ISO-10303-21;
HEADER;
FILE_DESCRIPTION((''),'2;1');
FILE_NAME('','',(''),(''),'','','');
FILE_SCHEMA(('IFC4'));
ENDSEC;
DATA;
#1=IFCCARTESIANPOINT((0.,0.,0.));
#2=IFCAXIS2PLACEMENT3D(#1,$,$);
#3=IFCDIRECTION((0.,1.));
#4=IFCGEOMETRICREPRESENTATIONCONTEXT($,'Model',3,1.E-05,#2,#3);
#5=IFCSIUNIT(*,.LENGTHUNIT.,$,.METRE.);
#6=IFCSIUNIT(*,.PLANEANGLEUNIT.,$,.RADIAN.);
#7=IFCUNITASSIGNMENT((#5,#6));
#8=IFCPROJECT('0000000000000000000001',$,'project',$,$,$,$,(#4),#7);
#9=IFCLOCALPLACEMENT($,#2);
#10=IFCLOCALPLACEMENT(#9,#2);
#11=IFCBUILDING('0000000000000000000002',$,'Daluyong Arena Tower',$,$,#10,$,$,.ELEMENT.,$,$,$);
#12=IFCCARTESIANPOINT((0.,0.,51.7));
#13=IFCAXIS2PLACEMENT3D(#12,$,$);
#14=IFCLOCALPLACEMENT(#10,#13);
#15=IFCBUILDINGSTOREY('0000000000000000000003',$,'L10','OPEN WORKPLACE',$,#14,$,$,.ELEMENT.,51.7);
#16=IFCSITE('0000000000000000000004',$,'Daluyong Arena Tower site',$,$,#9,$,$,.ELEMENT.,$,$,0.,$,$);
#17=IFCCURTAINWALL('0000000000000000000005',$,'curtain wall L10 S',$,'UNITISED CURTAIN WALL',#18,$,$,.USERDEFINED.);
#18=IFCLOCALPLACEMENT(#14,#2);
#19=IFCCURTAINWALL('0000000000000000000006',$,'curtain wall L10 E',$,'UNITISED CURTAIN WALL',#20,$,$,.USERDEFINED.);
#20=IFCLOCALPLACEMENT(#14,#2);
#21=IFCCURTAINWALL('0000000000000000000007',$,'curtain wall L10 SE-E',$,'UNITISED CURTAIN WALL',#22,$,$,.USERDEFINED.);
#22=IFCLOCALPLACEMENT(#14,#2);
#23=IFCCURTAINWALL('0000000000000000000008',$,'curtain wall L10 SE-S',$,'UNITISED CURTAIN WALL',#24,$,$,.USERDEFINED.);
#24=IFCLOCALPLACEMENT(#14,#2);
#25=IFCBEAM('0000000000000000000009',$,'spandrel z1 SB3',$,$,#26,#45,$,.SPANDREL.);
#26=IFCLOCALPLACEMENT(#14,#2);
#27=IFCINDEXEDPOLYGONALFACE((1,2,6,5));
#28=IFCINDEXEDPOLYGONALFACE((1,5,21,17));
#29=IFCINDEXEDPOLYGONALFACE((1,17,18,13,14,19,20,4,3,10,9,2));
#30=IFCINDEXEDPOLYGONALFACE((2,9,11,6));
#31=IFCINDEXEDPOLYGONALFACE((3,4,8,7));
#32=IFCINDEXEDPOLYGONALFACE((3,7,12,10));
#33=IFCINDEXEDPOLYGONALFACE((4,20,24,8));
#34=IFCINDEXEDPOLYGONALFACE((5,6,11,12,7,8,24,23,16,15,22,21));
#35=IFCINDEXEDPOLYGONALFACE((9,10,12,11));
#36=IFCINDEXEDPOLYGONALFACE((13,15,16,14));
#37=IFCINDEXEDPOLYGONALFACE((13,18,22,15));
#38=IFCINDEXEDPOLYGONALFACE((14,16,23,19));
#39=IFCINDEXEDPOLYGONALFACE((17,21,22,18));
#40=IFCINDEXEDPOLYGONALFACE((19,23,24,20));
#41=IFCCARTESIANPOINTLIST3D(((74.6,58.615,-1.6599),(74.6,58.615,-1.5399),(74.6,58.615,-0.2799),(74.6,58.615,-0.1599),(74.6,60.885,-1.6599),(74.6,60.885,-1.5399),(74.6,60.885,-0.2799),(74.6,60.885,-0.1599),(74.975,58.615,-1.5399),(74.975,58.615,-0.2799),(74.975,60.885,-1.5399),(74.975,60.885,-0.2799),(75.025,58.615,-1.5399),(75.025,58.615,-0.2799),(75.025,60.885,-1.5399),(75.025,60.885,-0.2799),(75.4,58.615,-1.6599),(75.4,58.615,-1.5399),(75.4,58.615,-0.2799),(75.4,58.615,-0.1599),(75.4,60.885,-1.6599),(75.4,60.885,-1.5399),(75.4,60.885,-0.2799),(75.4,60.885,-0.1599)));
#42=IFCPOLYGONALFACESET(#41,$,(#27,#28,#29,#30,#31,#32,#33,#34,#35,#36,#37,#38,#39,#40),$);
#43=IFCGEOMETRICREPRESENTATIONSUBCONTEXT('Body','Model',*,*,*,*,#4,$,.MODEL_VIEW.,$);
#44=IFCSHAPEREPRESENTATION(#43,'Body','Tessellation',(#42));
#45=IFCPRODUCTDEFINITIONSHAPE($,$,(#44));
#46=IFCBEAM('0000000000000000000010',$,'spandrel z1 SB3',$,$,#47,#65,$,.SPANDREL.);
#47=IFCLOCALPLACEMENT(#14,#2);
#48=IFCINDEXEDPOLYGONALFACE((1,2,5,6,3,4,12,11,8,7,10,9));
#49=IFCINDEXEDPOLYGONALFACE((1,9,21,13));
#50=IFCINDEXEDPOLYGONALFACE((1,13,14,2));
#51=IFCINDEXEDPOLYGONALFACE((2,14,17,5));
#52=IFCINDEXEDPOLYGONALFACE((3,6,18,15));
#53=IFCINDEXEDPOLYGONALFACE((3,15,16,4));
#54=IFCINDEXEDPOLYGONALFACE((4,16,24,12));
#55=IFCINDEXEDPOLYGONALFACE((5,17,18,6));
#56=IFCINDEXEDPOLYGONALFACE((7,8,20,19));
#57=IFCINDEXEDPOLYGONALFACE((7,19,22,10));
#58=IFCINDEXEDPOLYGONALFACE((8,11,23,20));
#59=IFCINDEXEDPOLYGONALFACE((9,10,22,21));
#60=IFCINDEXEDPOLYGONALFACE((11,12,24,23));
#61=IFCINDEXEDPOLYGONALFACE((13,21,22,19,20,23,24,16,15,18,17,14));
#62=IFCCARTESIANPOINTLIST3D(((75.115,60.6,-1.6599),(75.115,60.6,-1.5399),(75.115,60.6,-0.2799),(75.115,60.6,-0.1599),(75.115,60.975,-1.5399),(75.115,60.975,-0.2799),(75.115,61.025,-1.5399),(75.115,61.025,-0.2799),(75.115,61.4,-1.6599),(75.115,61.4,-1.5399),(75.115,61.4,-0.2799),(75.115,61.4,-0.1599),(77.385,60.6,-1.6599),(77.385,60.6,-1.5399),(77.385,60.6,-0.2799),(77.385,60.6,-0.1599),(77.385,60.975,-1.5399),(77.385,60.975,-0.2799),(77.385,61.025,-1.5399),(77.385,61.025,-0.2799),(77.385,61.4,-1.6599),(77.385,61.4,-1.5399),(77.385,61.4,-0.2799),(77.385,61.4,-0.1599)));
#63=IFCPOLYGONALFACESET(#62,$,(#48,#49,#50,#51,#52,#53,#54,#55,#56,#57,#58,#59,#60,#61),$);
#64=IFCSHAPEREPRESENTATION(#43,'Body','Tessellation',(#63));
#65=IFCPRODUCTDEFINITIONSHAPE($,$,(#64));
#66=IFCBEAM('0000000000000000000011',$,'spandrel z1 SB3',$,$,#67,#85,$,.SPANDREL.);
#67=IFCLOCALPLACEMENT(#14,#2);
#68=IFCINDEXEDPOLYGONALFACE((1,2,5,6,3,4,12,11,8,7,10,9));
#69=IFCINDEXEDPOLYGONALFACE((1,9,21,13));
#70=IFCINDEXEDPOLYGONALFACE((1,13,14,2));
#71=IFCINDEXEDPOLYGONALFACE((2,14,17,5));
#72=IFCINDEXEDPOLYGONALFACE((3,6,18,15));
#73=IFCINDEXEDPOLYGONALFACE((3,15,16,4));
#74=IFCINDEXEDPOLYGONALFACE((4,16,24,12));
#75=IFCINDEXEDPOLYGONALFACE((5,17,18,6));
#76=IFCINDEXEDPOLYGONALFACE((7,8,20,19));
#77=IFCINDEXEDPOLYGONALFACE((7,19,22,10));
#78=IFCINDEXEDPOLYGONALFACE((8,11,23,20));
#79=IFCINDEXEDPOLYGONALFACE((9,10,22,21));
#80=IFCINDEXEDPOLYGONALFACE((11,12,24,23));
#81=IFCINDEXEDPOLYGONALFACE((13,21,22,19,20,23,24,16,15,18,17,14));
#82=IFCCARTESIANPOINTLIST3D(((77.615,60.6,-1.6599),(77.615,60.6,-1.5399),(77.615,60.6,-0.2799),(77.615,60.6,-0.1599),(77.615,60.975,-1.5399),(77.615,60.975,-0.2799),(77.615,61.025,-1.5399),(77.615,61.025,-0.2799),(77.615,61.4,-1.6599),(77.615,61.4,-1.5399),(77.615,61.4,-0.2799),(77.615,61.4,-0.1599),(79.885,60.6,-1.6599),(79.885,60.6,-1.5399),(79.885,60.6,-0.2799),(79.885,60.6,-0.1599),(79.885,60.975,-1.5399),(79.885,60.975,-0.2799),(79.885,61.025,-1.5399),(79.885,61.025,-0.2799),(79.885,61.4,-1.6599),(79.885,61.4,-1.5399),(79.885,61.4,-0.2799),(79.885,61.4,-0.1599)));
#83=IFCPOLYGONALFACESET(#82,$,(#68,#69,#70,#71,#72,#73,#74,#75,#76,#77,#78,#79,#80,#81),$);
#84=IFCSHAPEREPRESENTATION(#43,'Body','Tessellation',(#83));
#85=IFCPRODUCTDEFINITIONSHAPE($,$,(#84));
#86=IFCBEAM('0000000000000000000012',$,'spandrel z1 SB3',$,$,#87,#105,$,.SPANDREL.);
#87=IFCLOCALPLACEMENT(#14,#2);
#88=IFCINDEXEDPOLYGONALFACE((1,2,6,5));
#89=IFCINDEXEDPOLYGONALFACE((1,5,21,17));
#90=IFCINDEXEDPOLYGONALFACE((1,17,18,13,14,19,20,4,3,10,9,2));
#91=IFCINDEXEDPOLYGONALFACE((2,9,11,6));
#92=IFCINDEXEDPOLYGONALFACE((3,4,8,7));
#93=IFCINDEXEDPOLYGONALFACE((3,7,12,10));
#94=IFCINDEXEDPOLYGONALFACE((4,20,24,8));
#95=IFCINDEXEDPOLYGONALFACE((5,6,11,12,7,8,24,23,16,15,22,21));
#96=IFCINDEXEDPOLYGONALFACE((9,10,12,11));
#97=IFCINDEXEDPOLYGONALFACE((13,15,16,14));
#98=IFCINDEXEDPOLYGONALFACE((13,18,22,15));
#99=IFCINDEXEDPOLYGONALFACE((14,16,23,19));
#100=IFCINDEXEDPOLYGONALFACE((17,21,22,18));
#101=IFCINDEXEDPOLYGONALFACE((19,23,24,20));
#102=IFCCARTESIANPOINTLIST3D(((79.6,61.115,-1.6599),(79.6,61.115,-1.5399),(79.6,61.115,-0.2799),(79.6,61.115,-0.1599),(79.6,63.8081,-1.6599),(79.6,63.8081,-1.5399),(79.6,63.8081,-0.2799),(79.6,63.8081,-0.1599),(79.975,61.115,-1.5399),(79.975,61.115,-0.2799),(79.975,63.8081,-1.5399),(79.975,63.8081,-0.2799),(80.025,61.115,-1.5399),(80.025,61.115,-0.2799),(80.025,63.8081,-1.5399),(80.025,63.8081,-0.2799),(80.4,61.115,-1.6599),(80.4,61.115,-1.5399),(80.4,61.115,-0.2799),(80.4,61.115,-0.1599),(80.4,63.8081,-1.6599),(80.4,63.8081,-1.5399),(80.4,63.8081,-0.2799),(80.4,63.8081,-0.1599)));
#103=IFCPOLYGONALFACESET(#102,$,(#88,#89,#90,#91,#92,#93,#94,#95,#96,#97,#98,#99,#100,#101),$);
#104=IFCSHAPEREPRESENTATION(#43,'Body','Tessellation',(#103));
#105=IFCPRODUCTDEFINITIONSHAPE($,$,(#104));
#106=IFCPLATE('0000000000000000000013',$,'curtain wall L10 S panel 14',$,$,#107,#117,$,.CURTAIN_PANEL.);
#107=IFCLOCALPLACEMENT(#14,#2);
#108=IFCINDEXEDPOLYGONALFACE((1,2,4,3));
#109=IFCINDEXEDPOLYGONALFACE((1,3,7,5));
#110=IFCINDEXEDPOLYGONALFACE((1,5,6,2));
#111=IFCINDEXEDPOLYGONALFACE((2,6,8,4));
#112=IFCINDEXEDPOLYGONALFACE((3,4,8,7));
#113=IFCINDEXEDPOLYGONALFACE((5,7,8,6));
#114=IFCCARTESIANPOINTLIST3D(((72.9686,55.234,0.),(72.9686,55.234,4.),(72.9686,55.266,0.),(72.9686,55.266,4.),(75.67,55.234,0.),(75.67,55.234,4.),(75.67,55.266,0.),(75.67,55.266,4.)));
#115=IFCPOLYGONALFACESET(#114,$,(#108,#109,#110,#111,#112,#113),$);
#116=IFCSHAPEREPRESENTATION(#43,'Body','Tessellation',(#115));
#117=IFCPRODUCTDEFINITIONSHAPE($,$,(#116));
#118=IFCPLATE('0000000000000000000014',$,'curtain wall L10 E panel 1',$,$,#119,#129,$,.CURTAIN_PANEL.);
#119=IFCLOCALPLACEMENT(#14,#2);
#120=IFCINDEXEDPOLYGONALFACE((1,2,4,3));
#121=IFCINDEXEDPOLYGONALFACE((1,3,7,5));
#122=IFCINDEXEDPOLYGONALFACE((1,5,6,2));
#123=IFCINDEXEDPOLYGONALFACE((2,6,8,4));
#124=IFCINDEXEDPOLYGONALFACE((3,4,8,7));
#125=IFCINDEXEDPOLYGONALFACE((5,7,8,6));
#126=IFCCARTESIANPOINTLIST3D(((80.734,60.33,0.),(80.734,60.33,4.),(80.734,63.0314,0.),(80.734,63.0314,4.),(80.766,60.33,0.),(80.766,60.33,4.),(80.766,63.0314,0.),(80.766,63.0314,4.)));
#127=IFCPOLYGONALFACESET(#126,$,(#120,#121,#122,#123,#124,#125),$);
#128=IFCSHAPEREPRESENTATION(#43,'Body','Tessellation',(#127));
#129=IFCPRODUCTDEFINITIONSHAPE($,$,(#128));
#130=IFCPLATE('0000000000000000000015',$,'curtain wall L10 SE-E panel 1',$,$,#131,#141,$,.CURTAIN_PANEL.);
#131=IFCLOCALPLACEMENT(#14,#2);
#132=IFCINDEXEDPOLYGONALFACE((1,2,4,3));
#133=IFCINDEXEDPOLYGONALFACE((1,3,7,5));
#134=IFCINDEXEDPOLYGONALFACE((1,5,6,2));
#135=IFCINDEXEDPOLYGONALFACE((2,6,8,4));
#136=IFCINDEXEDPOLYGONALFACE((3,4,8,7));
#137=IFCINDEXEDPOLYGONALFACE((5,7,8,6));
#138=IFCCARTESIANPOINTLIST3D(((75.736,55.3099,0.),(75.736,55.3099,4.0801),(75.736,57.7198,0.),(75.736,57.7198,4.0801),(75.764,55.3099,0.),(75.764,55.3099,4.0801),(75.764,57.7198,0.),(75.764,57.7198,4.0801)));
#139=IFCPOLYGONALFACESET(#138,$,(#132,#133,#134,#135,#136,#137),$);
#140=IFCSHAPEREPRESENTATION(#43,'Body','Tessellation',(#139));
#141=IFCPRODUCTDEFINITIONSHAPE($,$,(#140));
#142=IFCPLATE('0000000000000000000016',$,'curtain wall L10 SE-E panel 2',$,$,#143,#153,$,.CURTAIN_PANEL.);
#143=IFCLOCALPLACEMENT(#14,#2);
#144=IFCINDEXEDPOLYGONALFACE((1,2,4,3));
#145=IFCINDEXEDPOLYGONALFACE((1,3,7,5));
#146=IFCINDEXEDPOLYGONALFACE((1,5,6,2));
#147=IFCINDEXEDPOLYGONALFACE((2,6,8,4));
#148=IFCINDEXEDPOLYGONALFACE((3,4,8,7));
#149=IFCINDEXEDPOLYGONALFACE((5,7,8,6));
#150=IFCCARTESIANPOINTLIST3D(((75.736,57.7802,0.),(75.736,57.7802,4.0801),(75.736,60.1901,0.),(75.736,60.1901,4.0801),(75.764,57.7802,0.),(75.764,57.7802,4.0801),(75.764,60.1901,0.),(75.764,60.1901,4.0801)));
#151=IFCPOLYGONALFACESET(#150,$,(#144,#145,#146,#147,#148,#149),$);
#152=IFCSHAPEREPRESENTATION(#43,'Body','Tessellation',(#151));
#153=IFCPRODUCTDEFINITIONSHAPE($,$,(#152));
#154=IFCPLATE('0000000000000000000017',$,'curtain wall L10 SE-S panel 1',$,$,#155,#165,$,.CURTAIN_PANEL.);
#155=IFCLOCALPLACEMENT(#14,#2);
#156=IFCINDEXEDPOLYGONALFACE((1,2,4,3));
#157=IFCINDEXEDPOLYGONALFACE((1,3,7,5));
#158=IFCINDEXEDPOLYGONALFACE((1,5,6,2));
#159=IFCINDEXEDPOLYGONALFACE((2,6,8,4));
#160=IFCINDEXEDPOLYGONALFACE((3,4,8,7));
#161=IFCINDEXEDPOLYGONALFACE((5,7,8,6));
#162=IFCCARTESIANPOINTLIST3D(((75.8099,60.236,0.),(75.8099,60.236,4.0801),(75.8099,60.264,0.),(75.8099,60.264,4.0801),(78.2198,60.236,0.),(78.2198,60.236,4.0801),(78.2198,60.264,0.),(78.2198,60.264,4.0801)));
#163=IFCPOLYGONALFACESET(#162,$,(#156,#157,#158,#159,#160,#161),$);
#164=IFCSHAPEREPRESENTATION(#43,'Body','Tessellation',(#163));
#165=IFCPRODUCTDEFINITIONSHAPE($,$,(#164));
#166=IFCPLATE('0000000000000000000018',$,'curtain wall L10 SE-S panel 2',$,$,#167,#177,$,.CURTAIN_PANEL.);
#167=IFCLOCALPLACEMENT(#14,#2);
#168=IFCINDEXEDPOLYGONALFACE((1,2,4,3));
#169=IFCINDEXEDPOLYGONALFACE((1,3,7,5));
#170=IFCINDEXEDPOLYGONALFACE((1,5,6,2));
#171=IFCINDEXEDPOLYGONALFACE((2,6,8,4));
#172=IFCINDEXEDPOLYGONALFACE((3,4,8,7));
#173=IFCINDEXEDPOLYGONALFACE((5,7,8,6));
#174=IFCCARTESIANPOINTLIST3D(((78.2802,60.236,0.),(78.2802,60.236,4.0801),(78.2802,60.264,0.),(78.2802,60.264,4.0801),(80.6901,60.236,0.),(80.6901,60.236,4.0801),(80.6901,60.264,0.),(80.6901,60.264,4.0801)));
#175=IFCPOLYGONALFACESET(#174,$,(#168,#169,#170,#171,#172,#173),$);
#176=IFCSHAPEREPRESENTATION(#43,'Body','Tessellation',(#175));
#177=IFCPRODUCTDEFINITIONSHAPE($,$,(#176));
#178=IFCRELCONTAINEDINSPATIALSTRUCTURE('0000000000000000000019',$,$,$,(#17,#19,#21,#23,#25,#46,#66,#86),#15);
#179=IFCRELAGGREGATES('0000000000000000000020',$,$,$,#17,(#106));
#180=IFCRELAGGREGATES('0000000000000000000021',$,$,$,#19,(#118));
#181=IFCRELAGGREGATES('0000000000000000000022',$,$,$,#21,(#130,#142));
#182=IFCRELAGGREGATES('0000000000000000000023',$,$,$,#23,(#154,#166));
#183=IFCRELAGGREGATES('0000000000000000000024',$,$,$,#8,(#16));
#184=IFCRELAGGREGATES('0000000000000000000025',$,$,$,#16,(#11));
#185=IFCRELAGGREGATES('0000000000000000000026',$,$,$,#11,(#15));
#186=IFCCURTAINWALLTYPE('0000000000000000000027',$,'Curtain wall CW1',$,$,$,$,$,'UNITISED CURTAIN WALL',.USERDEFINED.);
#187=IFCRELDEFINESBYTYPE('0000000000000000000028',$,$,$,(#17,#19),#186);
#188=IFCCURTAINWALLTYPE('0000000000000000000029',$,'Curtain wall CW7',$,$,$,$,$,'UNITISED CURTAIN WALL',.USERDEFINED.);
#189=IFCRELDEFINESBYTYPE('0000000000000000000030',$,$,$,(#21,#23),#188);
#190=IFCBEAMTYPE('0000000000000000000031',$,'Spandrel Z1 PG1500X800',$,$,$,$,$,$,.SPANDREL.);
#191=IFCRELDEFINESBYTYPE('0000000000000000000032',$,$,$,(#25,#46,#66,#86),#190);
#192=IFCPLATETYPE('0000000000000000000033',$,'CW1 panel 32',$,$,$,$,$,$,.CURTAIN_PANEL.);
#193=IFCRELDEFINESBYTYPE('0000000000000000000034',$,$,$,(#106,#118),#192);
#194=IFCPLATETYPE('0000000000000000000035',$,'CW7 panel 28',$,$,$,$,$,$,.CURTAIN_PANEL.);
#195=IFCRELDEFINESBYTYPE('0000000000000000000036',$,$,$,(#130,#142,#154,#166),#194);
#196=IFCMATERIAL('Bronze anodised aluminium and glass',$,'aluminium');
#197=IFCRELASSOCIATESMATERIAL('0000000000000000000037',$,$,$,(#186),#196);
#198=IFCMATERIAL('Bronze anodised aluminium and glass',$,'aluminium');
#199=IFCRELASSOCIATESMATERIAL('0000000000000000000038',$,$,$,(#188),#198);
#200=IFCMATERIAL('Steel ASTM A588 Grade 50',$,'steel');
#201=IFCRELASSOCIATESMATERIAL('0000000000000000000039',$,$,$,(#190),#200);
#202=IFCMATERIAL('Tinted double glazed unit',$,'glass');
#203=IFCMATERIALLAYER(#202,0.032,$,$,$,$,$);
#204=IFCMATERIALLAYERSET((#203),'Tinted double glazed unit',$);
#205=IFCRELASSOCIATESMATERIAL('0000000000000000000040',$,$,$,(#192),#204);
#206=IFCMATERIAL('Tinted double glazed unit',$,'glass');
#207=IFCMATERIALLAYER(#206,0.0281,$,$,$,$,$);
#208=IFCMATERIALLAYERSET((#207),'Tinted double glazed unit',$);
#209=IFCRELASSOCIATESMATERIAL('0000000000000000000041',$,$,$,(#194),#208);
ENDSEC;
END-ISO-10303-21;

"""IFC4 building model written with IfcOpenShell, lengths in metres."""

from ifc_helpers import new_model, si_unit, direction, frame, origin, origin_2d, place, context, subcontext, project, spatial, rectangle, i_section, extrude, material, layer, layer_set, material_profile, profile_set, type_object, element, aggregate, save


model = new_model("IFC4")

# Units and contexts
model_context = context("Model", 3, precision=1e-05, world=origin(), true_north=direction((0.0, 1.0)))
body_context = subcontext(model_context, "Body", "Model", "MODEL_VIEW")
ifc_project = project(units=[si_unit("LENGTHUNIT", "METRE"), si_unit("PLANEANGLEUNIT", "RADIAN")], contexts=[model_context])

# Site, building, storey
site_placement = place(None, origin())
site = spatial("IfcSite", under=ifc_project, at=site_placement, Name="Daluyong Arena Tower site", CompositionType="ELEMENT", RefElevation=0.0)
building_placement = place(site_placement, origin())
building = spatial("IfcBuilding", under=site, at=building_placement, Name="Daluyong Arena Tower", CompositionType="ELEMENT")
storey_placement = place(building_placement, frame((0.0, 0.0, 51.7)))
storey = spatial("IfcBuildingStorey", under=building, at=storey_placement, Name="L10", Description="OPEN WORKPLACE", CompositionType="ELEMENT", Elevation=51.7)

# Curtain wall
ifc_material_1 = material(Name="Bronze anodised aluminium and glass", Category="aluminium")
curtain_wall_type_1 = type_object("IfcCurtainWallType", Name="Curtain wall CW1", ElementType="UNITISED CURTAIN WALL", PredefinedType="USERDEFINED", material=ifc_material_1)
curtain_wall_1_placement = place(storey_placement, origin())
curtain_wall_1 = element("IfcCurtainWall", 1, at=curtain_wall_1_placement, inside=storey, type_object=curtain_wall_type_1, Name="curtain wall L10 S", ObjectType="UNITISED CURTAIN WALL", PredefinedType="USERDEFINED")

# Curtain wall
curtain_wall_2_placement = place(storey_placement, origin())
curtain_wall_2 = element("IfcCurtainWall", 2, at=curtain_wall_2_placement, inside=storey, type_object=curtain_wall_type_1, Name="curtain wall L10 E", ObjectType="UNITISED CURTAIN WALL", PredefinedType="USERDEFINED")

# Curtain walls
ifc_material_2 = material(Name="Bronze anodised aluminium and glass", Category="aluminium")
curtain_wall_type_2 = type_object("IfcCurtainWallType", Name="Curtain wall CW7", ElementType="UNITISED CURTAIN WALL", PredefinedType="USERDEFINED", material=ifc_material_2)
curtain_wall_3_placement = place(storey_placement, origin())
curtain_wall_3 = element("IfcCurtainWall", 3, at=curtain_wall_3_placement, inside=storey, type_object=curtain_wall_type_2, Name="curtain wall L10 SE-E", ObjectType="UNITISED CURTAIN WALL", PredefinedType="USERDEFINED")
curtain_wall_4_placement = place(storey_placement, origin())
curtain_wall_4 = element("IfcCurtainWall", 4, at=curtain_wall_4_placement, inside=storey, type_object=curtain_wall_type_2, Name="curtain wall L10 SE-S", ObjectType="UNITISED CURTAIN WALL", PredefinedType="USERDEFINED")

# Beams
ifc_material_3 = material(Name="Steel ASTM A588 Grade 50", Category="steel")
ifc_material_profile_1 = material_profile(ifc_material_3, i_section(OverallWidth=0.8, OverallDepth=1.5, WebThickness=0.05, FlangeThickness=0.12, at=origin_2d()))
ifc_profile_set_1 = profile_set([ifc_material_profile_1], Name="Steel ASTM A588 Grade 50")
beam_type_1 = type_object("IfcBeamType", Name="Spandrel Z1 PG1500X800", PredefinedType="SPANDREL", material=ifc_profile_set_1)
for number, where, z_axis, x_axis, name in (
    (5, (75.0, 58.615, -0.9099), (0.0, 1.0, 0.0), (-1.0, 0.0, 0.0), "spandrel z1 SB3"),
    (6, (75.115, 61.0, -0.9099), (1.0, 0.0, 0.0), (0.0, 1.0, 0.0), "spandrel z1 SB3"),
    (7, (77.615, 61.0, -0.9099), (1.0, 0.0, 0.0), (0.0, 1.0, 0.0), "spandrel z1 SB3"),
):
    element("IfcBeam", number, at=place(storey_placement, frame(where, z_axis=z_axis, x_axis=x_axis)), inside=storey, type_object=beam_type_1, Name=name, PredefinedType="SPANDREL", context=body_context, shape_type="SweptSolid", body=[
        extrude(i_section(OverallWidth=0.8, OverallDepth=1.5, WebThickness=0.05, FlangeThickness=0.12, at=origin_2d()), origin(), (0.0, 0.0, 1.0), 2.27),
    ])
beam_1_placement = place(storey_placement, frame((80.0, 61.115, -0.9099), z_axis=(0.0, 1.0, 0.0), x_axis=(-1.0, 0.0, 0.0)))
element("IfcBeam", 8, at=beam_1_placement, inside=storey, type_object=beam_type_1, Name="spandrel z1 SB3", PredefinedType="SPANDREL", context=body_context, shape_type="SweptSolid", body=[
    extrude(i_section(OverallWidth=0.8, OverallDepth=1.5, WebThickness=0.05, FlangeThickness=0.12, at=origin_2d()), origin(), (0.0, 0.0, 1.0), 2.6931),
])

# Plates
ifc_material_4 = material(Name="Tinted double glazed unit", Category="glass")
ifc_layer_1 = layer(ifc_material_4, 0.032)
ifc_layer_set_1 = layer_set([ifc_layer_1], Name="Tinted double glazed unit")
plate_type_1 = type_object("IfcPlateType", Name="CW1 panel 32", PredefinedType="CURTAIN_PANEL", material=ifc_layer_set_1)
plate_1_placement = place(storey_placement, frame((74.3193, 55.25, 0.0), z_axis=(0.0, 0.0, 1.0), x_axis=(1.0, 0.0, 0.0)))
plate_1 = element("IfcPlate", 9, at=plate_1_placement, type_object=plate_type_1, Name="curtain wall L10 S panel 14", PredefinedType="CURTAIN_PANEL", context=body_context, shape_type="SweptSolid", body=[
    extrude(rectangle(XDim=2.7014, YDim=0.032, at=origin_2d()), origin(), (0.0, 0.0, 1.0), 4.0),
])
aggregate(curtain_wall_1, [plate_1])
plate_2_placement = place(storey_placement, frame((80.75, 61.6807, 0.0), z_axis=(0.0, 0.0, 1.0), x_axis=(0.0, 1.0, 0.0)))
plate_2 = element("IfcPlate", 10, at=plate_2_placement, type_object=plate_type_1, Name="curtain wall L10 E panel 1", PredefinedType="CURTAIN_PANEL", context=body_context, shape_type="SweptSolid", body=[
    extrude(rectangle(XDim=2.7014, YDim=0.032, at=origin_2d()), origin(), (0.0, 0.0, 1.0), 4.0),
])
aggregate(curtain_wall_2, [plate_2])
ifc_material_5 = material(Name="Tinted double glazed unit", Category="glass")
ifc_layer_2 = layer(ifc_material_5, 0.0281)
ifc_layer_set_2 = layer_set([ifc_layer_2], Name="Tinted double glazed unit")
plate_type_2 = type_object("IfcPlateType", Name="CW7 panel 28", PredefinedType="CURTAIN_PANEL", material=ifc_layer_set_2)
plate_3_placement = place(storey_placement, frame((75.75, 56.5149, 0.0), z_axis=(0.0, 0.0, 1.0), x_axis=(0.0, 1.0, 0.0)))
plate_3 = element("IfcPlate", 11, at=plate_3_placement, type_object=plate_type_2, Name="curtain wall L10 SE-E panel 1", PredefinedType="CURTAIN_PANEL", context=body_context, shape_type="SweptSolid", body=[
    extrude(rectangle(XDim=2.4099, YDim=0.0281, at=origin_2d()), origin(), (0.0, 0.0, 1.0), 4.0801),
])
plate_4_placement = place(storey_placement, frame((75.75, 58.9851, 0.0), z_axis=(0.0, 0.0, 1.0), x_axis=(0.0, 1.0, 0.0)))
plate_4 = element("IfcPlate", 12, at=plate_4_placement, type_object=plate_type_2, Name="curtain wall L10 SE-E panel 2", PredefinedType="CURTAIN_PANEL", context=body_context, shape_type="SweptSolid", body=[
    extrude(rectangle(XDim=2.4099, YDim=0.0281, at=origin_2d()), origin(), (0.0, 0.0, 1.0), 4.0801),
])
aggregate(curtain_wall_3, [plate_3, plate_4])
plate_5_placement = place(storey_placement, frame((77.0149, 60.25, 0.0), z_axis=(0.0, 0.0, 1.0), x_axis=(1.0, 0.0, 0.0)))
plate_5 = element("IfcPlate", 13, at=plate_5_placement, type_object=plate_type_2, Name="curtain wall L10 SE-S panel 1", PredefinedType="CURTAIN_PANEL", context=body_context, shape_type="SweptSolid", body=[
    extrude(rectangle(XDim=2.4099, YDim=0.0281, at=origin_2d()), origin(), (0.0, 0.0, 1.0), 4.0801),
])
plate_6_placement = place(storey_placement, frame((79.4851, 60.25, 0.0), z_axis=(0.0, 0.0, 1.0), x_axis=(1.0, 0.0, 0.0)))
plate_6 = element("IfcPlate", 14, at=plate_6_placement, type_object=plate_type_2, Name="curtain wall L10 SE-S panel 2", PredefinedType="CURTAIN_PANEL", context=body_context, shape_type="SweptSolid", body=[
    extrude(rectangle(XDim=2.4099, YDim=0.0281, at=origin_2d()), origin(), (0.0, 0.0, 1.0), 4.0801),
])
aggregate(curtain_wall_4, [plate_5, plate_6])

save(model, "model.ifc")
